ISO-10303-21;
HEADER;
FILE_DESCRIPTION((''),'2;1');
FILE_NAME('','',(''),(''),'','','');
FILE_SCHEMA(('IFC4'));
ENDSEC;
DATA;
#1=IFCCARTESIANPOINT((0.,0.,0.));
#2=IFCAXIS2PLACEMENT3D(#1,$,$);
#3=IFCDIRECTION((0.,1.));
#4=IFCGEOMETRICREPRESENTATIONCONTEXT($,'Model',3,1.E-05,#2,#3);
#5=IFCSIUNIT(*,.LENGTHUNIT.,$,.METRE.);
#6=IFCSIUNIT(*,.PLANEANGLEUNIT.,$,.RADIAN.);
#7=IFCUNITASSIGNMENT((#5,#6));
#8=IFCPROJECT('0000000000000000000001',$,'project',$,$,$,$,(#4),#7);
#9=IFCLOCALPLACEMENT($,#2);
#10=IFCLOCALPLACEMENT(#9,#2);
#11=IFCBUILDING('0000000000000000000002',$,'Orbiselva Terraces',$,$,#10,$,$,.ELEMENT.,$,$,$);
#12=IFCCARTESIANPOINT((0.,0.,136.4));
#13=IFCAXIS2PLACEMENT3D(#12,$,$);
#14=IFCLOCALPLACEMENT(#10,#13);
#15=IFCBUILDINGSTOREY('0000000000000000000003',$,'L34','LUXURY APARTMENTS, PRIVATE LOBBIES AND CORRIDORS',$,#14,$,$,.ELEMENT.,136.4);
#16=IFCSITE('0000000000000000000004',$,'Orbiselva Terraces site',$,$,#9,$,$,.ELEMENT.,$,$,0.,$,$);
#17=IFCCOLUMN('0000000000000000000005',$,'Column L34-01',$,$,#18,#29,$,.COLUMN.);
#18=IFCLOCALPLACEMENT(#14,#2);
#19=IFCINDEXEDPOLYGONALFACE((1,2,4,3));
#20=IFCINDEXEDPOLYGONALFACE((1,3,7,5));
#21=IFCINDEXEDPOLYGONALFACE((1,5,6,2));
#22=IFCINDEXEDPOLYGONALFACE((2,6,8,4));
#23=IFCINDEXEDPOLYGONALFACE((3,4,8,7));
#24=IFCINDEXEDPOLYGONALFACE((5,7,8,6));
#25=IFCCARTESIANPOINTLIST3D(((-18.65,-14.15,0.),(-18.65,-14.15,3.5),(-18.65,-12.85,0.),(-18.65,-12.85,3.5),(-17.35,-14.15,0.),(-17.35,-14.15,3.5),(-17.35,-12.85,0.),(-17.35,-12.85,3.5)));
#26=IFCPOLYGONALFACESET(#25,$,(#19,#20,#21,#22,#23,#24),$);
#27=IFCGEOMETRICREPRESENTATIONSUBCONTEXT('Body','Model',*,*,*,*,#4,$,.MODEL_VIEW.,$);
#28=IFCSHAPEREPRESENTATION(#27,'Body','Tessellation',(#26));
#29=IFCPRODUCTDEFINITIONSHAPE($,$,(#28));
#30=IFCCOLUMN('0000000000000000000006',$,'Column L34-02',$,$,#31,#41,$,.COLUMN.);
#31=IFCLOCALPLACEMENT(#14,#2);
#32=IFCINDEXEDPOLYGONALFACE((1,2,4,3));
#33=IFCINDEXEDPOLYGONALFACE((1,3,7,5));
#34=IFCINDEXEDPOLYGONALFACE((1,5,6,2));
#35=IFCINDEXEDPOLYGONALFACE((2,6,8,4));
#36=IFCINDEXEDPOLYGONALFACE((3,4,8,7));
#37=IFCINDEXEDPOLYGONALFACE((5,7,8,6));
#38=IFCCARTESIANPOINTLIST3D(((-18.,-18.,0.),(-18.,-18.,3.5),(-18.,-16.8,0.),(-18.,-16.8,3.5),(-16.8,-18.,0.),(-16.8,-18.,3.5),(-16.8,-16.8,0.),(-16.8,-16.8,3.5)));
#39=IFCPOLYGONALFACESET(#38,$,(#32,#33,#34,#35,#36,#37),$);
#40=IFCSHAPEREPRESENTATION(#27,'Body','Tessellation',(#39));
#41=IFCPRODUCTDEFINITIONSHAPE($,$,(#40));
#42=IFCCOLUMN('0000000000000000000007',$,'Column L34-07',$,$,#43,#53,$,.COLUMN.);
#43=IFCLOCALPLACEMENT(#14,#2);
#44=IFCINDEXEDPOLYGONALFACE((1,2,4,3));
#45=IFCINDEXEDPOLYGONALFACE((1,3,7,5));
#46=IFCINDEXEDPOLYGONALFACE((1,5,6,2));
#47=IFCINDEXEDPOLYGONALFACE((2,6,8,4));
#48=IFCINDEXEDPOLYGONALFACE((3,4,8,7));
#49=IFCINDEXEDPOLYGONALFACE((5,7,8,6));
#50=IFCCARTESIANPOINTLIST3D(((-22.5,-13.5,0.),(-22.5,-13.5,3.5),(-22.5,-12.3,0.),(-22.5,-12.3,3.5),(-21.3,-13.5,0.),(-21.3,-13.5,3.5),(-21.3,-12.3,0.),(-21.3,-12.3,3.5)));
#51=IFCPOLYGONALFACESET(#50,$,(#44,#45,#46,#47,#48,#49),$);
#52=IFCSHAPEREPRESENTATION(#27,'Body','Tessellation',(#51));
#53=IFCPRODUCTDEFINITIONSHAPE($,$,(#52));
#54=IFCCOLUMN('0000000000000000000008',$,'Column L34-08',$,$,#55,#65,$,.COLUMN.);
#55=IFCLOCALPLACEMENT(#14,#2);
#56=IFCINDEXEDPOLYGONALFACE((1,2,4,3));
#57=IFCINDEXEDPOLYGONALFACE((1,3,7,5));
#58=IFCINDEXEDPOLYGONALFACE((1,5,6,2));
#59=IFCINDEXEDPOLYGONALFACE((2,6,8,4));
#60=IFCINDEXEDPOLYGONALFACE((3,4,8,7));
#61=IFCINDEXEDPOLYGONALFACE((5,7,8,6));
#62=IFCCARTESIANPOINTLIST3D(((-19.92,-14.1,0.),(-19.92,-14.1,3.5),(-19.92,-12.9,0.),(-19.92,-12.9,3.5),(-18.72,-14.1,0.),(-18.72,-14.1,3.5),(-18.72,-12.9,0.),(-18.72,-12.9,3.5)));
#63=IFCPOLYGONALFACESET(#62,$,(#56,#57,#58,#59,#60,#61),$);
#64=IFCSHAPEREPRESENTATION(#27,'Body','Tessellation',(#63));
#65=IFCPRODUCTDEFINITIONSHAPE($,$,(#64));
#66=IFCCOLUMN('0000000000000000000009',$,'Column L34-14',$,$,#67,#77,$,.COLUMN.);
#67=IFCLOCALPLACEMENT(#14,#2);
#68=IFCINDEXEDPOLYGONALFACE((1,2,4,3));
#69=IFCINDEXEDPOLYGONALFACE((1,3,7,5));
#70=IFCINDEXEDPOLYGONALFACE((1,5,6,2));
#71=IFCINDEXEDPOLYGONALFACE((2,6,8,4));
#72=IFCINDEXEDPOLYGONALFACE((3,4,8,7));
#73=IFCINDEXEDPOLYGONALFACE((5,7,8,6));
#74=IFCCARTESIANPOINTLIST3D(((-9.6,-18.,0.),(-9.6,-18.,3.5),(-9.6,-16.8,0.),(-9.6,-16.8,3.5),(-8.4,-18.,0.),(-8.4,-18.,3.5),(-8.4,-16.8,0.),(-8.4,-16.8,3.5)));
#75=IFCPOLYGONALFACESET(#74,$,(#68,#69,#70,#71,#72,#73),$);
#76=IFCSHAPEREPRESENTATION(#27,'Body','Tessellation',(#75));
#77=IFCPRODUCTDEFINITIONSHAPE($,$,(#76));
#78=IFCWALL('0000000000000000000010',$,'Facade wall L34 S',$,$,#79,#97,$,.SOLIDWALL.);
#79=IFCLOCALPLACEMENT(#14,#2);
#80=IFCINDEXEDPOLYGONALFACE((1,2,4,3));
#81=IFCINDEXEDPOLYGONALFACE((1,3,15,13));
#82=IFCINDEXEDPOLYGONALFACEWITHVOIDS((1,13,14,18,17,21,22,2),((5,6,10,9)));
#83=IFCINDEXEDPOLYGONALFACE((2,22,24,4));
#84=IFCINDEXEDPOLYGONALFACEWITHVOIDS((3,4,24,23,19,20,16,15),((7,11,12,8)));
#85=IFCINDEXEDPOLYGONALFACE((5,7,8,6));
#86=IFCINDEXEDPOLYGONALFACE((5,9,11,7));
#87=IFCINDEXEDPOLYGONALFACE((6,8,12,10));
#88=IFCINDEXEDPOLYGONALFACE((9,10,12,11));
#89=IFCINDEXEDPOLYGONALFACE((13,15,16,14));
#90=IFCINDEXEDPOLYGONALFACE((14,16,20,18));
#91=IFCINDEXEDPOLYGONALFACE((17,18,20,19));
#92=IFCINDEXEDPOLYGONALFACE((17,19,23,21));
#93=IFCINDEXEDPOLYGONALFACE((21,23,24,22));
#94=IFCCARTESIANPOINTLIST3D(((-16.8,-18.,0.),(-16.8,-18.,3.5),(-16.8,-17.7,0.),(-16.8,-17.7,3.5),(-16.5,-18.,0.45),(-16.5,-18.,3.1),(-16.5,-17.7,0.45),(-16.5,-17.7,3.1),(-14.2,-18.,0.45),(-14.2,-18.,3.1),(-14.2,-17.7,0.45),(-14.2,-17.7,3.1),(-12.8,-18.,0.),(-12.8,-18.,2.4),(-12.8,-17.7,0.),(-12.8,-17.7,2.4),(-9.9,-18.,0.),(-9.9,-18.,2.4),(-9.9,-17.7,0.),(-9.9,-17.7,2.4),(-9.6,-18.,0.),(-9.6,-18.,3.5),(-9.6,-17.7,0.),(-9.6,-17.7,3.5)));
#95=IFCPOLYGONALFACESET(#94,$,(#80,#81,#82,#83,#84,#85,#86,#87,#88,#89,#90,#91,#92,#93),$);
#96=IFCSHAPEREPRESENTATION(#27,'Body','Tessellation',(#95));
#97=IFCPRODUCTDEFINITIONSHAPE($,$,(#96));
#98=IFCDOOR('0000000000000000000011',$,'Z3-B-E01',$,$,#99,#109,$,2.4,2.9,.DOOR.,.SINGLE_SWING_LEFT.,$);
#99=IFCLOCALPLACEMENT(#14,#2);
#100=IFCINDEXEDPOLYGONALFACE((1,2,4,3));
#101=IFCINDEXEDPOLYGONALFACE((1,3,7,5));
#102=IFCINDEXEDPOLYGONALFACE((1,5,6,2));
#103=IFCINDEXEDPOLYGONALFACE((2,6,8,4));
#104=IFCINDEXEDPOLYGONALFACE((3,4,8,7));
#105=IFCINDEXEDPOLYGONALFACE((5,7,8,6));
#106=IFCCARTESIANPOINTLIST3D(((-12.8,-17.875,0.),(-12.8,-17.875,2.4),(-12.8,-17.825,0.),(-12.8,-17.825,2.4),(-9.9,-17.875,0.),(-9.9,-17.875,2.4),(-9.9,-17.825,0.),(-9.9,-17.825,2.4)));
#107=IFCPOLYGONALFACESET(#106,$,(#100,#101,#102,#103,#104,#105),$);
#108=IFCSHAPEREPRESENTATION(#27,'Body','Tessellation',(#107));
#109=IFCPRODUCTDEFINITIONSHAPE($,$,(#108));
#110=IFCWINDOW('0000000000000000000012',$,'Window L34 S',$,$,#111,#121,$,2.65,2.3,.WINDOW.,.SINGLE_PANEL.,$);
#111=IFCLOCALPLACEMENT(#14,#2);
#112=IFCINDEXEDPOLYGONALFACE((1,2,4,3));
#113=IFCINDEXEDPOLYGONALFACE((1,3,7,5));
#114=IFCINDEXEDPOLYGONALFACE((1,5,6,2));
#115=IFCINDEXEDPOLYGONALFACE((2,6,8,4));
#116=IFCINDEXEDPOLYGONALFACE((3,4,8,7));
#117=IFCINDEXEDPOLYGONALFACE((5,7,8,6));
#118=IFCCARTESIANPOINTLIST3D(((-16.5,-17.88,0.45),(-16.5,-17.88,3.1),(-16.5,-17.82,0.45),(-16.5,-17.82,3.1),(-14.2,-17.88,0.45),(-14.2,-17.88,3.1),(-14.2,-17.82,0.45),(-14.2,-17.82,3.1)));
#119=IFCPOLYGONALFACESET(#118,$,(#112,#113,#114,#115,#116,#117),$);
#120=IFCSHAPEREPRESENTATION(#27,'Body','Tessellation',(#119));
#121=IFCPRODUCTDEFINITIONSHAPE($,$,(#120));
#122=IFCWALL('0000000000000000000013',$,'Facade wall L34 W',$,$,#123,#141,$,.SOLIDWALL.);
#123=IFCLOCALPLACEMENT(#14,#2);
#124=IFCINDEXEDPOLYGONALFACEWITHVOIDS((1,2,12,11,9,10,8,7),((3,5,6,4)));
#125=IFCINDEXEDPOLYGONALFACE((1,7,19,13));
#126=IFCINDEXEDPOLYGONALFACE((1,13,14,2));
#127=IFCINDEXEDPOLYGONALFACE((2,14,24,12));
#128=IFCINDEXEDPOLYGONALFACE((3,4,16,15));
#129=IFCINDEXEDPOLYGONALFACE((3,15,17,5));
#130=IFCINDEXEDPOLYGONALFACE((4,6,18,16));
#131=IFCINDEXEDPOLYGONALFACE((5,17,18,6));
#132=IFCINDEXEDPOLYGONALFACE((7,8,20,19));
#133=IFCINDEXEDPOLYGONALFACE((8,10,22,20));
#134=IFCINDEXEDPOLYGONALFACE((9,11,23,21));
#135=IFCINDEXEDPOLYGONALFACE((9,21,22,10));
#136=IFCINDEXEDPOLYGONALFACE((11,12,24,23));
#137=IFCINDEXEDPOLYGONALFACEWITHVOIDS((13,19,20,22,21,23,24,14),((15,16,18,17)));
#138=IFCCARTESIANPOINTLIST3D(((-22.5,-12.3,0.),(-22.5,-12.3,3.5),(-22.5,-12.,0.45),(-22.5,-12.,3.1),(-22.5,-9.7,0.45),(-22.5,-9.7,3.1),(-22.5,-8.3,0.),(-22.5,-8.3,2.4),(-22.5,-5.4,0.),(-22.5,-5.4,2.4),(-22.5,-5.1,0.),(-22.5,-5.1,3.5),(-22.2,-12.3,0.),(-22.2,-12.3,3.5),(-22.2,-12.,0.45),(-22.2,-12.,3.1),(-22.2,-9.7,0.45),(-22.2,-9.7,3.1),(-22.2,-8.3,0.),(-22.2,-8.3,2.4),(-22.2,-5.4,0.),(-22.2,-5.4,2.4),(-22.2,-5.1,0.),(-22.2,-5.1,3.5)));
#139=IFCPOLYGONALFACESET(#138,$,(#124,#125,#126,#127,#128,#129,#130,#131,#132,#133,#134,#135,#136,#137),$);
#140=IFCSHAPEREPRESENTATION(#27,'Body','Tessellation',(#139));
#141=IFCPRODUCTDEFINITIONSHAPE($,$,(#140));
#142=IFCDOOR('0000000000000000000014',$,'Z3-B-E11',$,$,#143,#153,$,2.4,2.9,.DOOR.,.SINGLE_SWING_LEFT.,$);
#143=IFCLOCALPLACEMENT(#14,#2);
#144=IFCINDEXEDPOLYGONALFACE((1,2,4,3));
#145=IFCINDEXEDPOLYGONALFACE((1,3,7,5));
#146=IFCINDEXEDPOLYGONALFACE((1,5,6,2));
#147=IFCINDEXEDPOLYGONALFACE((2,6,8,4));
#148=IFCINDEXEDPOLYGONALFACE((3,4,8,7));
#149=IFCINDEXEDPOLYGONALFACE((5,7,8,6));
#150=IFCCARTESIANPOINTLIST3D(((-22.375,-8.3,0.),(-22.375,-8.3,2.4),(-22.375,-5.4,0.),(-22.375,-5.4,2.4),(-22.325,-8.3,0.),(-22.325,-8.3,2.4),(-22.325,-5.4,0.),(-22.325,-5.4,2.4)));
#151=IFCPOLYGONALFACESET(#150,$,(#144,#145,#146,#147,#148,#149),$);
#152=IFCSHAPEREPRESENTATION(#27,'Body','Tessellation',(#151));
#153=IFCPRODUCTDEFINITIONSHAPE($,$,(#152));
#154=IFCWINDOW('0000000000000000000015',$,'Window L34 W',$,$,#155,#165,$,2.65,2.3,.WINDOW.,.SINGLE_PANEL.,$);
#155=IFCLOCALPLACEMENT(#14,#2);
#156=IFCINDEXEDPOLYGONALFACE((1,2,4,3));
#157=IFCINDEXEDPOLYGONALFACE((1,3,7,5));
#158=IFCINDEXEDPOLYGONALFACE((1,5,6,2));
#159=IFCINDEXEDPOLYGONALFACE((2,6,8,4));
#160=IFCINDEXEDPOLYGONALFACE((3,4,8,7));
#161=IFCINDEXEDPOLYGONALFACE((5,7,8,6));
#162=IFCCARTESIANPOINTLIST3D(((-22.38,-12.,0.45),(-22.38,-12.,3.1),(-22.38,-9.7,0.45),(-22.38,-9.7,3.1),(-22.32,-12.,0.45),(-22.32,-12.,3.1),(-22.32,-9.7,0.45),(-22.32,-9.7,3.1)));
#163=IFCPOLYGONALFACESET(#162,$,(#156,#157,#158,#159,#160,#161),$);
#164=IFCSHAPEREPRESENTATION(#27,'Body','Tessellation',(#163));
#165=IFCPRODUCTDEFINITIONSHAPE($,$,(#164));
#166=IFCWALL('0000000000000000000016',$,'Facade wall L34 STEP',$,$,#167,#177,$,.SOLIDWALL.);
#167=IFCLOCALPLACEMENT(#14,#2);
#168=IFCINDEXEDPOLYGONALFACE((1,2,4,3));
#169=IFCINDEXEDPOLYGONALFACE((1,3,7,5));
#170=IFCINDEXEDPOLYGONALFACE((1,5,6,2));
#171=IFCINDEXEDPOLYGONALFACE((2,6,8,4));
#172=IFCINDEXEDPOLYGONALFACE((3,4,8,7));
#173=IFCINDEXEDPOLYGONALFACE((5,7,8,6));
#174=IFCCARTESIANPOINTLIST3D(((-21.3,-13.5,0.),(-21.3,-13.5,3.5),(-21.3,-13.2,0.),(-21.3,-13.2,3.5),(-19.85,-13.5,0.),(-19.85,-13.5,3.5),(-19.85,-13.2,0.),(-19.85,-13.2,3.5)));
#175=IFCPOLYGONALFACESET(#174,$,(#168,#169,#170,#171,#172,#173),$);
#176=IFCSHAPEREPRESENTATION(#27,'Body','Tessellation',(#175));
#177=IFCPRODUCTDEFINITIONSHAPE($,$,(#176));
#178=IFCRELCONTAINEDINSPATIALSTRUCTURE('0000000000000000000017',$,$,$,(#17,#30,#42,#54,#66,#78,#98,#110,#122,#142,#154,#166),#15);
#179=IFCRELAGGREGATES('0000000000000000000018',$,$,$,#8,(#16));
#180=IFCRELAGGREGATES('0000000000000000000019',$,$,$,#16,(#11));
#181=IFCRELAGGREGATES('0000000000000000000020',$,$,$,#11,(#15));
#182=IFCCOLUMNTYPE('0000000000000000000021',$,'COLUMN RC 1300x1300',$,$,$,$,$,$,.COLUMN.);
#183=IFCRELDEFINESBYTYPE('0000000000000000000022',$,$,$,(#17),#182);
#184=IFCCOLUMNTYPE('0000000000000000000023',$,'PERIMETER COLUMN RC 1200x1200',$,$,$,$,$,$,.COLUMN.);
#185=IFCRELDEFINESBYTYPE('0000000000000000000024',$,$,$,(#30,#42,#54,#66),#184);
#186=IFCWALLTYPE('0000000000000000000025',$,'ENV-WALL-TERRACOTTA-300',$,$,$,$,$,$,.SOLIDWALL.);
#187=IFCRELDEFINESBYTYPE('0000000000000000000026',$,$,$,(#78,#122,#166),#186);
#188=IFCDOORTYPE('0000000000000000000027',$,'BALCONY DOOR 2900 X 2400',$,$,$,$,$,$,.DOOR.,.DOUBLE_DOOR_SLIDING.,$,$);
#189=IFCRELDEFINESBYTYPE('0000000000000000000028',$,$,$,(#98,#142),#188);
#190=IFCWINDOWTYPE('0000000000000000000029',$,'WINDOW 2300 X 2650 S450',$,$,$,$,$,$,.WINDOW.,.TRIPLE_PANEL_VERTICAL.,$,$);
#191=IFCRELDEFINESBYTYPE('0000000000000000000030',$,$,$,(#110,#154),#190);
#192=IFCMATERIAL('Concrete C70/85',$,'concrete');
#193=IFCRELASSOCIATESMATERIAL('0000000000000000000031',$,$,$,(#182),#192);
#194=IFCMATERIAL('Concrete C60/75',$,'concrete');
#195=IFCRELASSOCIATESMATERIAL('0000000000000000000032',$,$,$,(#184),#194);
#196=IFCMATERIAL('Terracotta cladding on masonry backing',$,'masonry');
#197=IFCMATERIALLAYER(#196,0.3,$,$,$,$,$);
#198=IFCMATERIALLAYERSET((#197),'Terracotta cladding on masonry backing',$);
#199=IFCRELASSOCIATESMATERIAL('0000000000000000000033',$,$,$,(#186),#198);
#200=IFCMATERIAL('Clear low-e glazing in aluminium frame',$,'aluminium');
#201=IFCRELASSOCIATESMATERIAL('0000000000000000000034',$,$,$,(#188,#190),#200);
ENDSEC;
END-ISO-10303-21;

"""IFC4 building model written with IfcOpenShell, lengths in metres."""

from ifc_helpers import new_model, si_unit, direction, frame, frame_2d, origin, origin_2d, place, context, subcontext, project, spatial, rectangle, extrude, material, layer, layer_set, material_profile, profile_set, type_object, element, fill, save


model = new_model("IFC4")

# Units and contexts
model_context = context("Model", 3, precision=1e-05, world=origin(), true_north=direction((0.0, 1.0)))
body_context = subcontext(model_context, "Body", "Model", "MODEL_VIEW")
ifc_project = project(units=[si_unit("LENGTHUNIT", "METRE"), si_unit("PLANEANGLEUNIT", "RADIAN")], contexts=[model_context])

# Site, building, storey
site_placement = place(None, origin())
site = spatial("IfcSite", under=ifc_project, at=site_placement, Name="Orbiselva Terraces site", CompositionType="ELEMENT", RefElevation=0.0)
building_placement = place(site_placement, origin())
building = spatial("IfcBuilding", under=site, at=building_placement, Name="Orbiselva Terraces", CompositionType="ELEMENT")
storey_placement = place(building_placement, frame((0.0, 0.0, 136.4)))
storey = spatial("IfcBuildingStorey", under=building, at=storey_placement, Name="L34", Description="LUXURY APARTMENTS, PRIVATE LOBBIES AND CORRIDORS", CompositionType="ELEMENT", Elevation=136.4)

# Columns
ifc_material_1 = material(Name="Concrete C70/85", Category="concrete")
ifc_material_profile_1 = material_profile(ifc_material_1, rectangle(XDim=1.3, YDim=1.3, at=origin_2d()), Name="RC 1300x1300")
ifc_profile_set_1 = profile_set([ifc_material_profile_1], Name="Concrete C70/85")
column_type_1 = type_object("IfcColumnType", Name="COLUMN RC 1300x1300", PredefinedType="COLUMN", material=ifc_profile_set_1)
column_placement = place(storey_placement, frame((-18.0, -13.5, 0.0), z_axis=(0.0, 0.0, 1.0), x_axis=(1.0, 0.0, 0.0)))
element("IfcColumn", 1, at=column_placement, inside=storey, type_object=column_type_1, Name="Column L34-01", PredefinedType="COLUMN", context=body_context, shape_type="SweptSolid", body=[
    extrude(rectangle(XDim=1.3, YDim=1.3, at=origin_2d()), origin(), (0.0, 0.0, 1.0), 3.5),
])
ifc_material_2 = material(Name="Concrete C60/75", Category="concrete")
ifc_material_profile_2 = material_profile(ifc_material_2, rectangle(XDim=1.2, YDim=1.2, at=origin_2d()), Name="RC 1200x1200")
ifc_profile_set_2 = profile_set([ifc_material_profile_2], Name="Concrete C60/75")
column_type_2 = type_object("IfcColumnType", Name="PERIMETER COLUMN RC 1200x1200", PredefinedType="COLUMN", material=ifc_profile_set_2)
for number, where, z_axis, x_axis, name in (
    (2, (-17.4, -17.4, 0.0), (0.0, 0.0, 1.0), (1.0, 0.0, 0.0), "Column L34-02"),
    (3, (-21.9, -12.9, 0.0), (0.0, 0.0, 1.0), (1.0, 0.0, 0.0), "Column L34-07"),
    (4, (-19.32, -13.5, 0.0), (0.0, 0.0, 1.0), (1.0, 0.0, 0.0), "Column L34-08"),
    (5, (-9.0, -17.4, 0.0), (0.0, 0.0, 1.0), (1.0, 0.0, 0.0), "Column L34-14"),
):
    element("IfcColumn", number, at=place(storey_placement, frame(where, z_axis=z_axis, x_axis=x_axis)), inside=storey, type_object=column_type_2, Name=name, PredefinedType="COLUMN", context=body_context, shape_type="SweptSolid", body=[
        extrude(rectangle(XDim=1.2, YDim=1.2, at=origin_2d()), origin(), (0.0, 0.0, 1.0), 3.5),
    ])

# Walls, openings, doors, windows
ifc_material_3 = material(Name="Terracotta cladding on masonry backing", Category="masonry")
ifc_layer_1 = layer(ifc_material_3, 0.3)
ifc_layer_set_1 = layer_set([ifc_layer_1], Name="Terracotta cladding on masonry backing")
wall_type_1 = type_object("IfcWallType", Name="ENV-WALL-TERRACOTTA-300", PredefinedType="SOLIDWALL", material=ifc_layer_set_1)
wall_1_placement = place(storey_placement, frame((-9.6, -17.85, 0.0), z_axis=(0.0, 0.0, 1.0), x_axis=(-1.0, 0.0, 0.0)))
wall_1 = element("IfcWall", 6, at=wall_1_placement, inside=storey, type_object=wall_type_1, Name="Facade wall L34 S", PredefinedType="SOLIDWALL", context=body_context, shape_type="SweptSolid", body=[
    extrude(rectangle(XDim=7.2, YDim=0.3, at=frame_2d((3.6, 0.0))), origin(), (0.0, 0.0, 1.0), 3.5),
])
opening_1_placement = place(wall_1_placement, frame((4.6, 0.0, 0.45)))
opening_1 = element("IfcOpeningElement", 7, at=opening_1_placement, cuts=wall_1, PredefinedType="OPENING", context=body_context, shape_type="SweptSolid", body=[
    extrude(rectangle(XDim=2.3, YDim=2.65, at=frame_2d((1.15, 1.325))), frame((0.0, 0.16, 0.0), z_axis=(0.0, -1.0, 0.0), x_axis=(1.0, 0.0, 0.0)), (0.0, 0.0, 1.0), 0.32),
])
opening_2_placement = place(wall_1_placement, frame((0.3, 0.0, 0.0)))
opening_2 = element("IfcOpeningElement", 8, at=opening_2_placement, cuts=wall_1, PredefinedType="OPENING", context=body_context, shape_type="SweptSolid", body=[
    extrude(rectangle(XDim=2.9, YDim=2.4, at=frame_2d((1.45, 1.2))), frame((0.0, 0.16, 0.0), z_axis=(0.0, -1.0, 0.0), x_axis=(1.0, 0.0, 0.0)), (0.0, 0.0, 1.0), 0.32),
])
ifc_material_4 = material(Name="Clear low-e glazing in aluminium frame", Category="aluminium")
door_type = type_object("IfcDoorType", Name="BALCONY DOOR 2900 X 2400", OperationType="DOUBLE_DOOR_SLIDING", PredefinedType="DOOR", material=ifc_material_4)
door_1_placement = place(opening_2_placement, origin())
door_1 = element("IfcDoor", 9, at=door_1_placement, inside=storey, type_object=door_type, Name="Z3-B-E01", OperationType="SINGLE_SWING_LEFT", OverallHeight=2.4, OverallWidth=2.9, PredefinedType="DOOR", context=body_context, shape_type="SweptSolid", body=[
    extrude(rectangle(XDim=2.9, YDim=2.4, at=frame_2d((1.45, 1.2))), frame((0.0, 0.025, 0.0), z_axis=(0.0, -1.0, 0.0), x_axis=(1.0, 0.0, 0.0)), (0.0, 0.0, 1.0), 0.05),
])
fill(opening_2, door_1)
window_type = type_object("IfcWindowType", Name="WINDOW 2300 X 2650 S450", PartitioningType="TRIPLE_PANEL_VERTICAL", PredefinedType="WINDOW", material=ifc_material_4)
window_1_placement = place(opening_1_placement, origin())
window_1 = element("IfcWindow", 10, at=window_1_placement, inside=storey, type_object=window_type, Name="Window L34 S", OverallHeight=2.65, OverallWidth=2.3, PartitioningType="SINGLE_PANEL", PredefinedType="WINDOW", context=body_context, shape_type="SweptSolid", body=[
    extrude(rectangle(XDim=2.3, YDim=2.65, at=frame_2d((1.15, 1.325))), frame((0.0, 0.03, 0.0), z_axis=(0.0, -1.0, 0.0), x_axis=(1.0, 0.0, 0.0)), (0.0, 0.0, 1.0), 0.06),
])
fill(opening_1, window_1)
wall_2_placement = place(storey_placement, frame((-22.35, -12.3, 0.0), z_axis=(0.0, 0.0, 1.0), x_axis=(0.0, 1.0, 0.0)))
wall_2 = element("IfcWall", 11, at=wall_2_placement, inside=storey, type_object=wall_type_1, Name="Facade wall L34 W", PredefinedType="SOLIDWALL", context=body_context, shape_type="SweptSolid", body=[
    extrude(rectangle(XDim=7.2, YDim=0.3, at=frame_2d((3.6, 0.0))), origin(), (0.0, 0.0, 1.0), 3.5),
])
opening_3_placement = place(wall_2_placement, frame((4.0, 0.0, 0.0)))
opening_3 = element("IfcOpeningElement", 12, at=opening_3_placement, cuts=wall_2, PredefinedType="OPENING", context=body_context, shape_type="SweptSolid", body=[
    extrude(rectangle(XDim=2.9, YDim=2.4, at=frame_2d((1.45, 1.2))), frame((0.0, 0.16, 0.0), z_axis=(0.0, -1.0, 0.0), x_axis=(1.0, 0.0, 0.0)), (0.0, 0.0, 1.0), 0.32),
])
opening_4_placement = place(wall_2_placement, frame((0.3, 0.0, 0.45)))
opening_4 = element("IfcOpeningElement", 13, at=opening_4_placement, cuts=wall_2, PredefinedType="OPENING", context=body_context, shape_type="SweptSolid", body=[
    extrude(rectangle(XDim=2.3, YDim=2.65, at=frame_2d((1.15, 1.325))), frame((0.0, 0.16, 0.0), z_axis=(0.0, -1.0, 0.0), x_axis=(1.0, 0.0, 0.0)), (0.0, 0.0, 1.0), 0.32),
])
door_2_placement = place(opening_3_placement, origin())
door_2 = element("IfcDoor", 14, at=door_2_placement, inside=storey, type_object=door_type, Name="Z3-B-E11", OperationType="SINGLE_SWING_LEFT", OverallHeight=2.4, OverallWidth=2.9, PredefinedType="DOOR", context=body_context, shape_type="SweptSolid", body=[
    extrude(rectangle(XDim=2.9, YDim=2.4, at=frame_2d((1.45, 1.2))), frame((0.0, 0.025, 0.0), z_axis=(0.0, -1.0, 0.0), x_axis=(1.0, 0.0, 0.0)), (0.0, 0.0, 1.0), 0.05),
])
fill(opening_3, door_2)
window_2_placement = place(opening_4_placement, origin())
window_2 = element("IfcWindow", 15, at=window_2_placement, inside=storey, type_object=window_type, Name="Window L34 W", OverallHeight=2.65, OverallWidth=2.3, PartitioningType="SINGLE_PANEL", PredefinedType="WINDOW", context=body_context, shape_type="SweptSolid", body=[
    extrude(rectangle(XDim=2.3, YDim=2.65, at=frame_2d((1.15, 1.325))), frame((0.0, 0.03, 0.0), z_axis=(0.0, -1.0, 0.0), x_axis=(1.0, 0.0, 0.0)), (0.0, 0.0, 1.0), 0.06),
])
fill(opening_4, window_2)

# Wall
wall_3_placement = place(storey_placement, frame((-19.85, -13.35, 0.0), z_axis=(0.0, 0.0, 1.0), x_axis=(-1.0, 0.0, 0.0)))
element("IfcWall", 16, at=wall_3_placement, inside=storey, type_object=wall_type_1, Name="Facade wall L34 STEP", PredefinedType="SOLIDWALL", context=body_context, shape_type="SweptSolid", body=[
    extrude(rectangle(XDim=1.45, YDim=0.3, at=frame_2d((0.725, 0.0))), origin(), (0.0, 0.0, 1.0), 3.5),
])

save(model, "model.ifc")
